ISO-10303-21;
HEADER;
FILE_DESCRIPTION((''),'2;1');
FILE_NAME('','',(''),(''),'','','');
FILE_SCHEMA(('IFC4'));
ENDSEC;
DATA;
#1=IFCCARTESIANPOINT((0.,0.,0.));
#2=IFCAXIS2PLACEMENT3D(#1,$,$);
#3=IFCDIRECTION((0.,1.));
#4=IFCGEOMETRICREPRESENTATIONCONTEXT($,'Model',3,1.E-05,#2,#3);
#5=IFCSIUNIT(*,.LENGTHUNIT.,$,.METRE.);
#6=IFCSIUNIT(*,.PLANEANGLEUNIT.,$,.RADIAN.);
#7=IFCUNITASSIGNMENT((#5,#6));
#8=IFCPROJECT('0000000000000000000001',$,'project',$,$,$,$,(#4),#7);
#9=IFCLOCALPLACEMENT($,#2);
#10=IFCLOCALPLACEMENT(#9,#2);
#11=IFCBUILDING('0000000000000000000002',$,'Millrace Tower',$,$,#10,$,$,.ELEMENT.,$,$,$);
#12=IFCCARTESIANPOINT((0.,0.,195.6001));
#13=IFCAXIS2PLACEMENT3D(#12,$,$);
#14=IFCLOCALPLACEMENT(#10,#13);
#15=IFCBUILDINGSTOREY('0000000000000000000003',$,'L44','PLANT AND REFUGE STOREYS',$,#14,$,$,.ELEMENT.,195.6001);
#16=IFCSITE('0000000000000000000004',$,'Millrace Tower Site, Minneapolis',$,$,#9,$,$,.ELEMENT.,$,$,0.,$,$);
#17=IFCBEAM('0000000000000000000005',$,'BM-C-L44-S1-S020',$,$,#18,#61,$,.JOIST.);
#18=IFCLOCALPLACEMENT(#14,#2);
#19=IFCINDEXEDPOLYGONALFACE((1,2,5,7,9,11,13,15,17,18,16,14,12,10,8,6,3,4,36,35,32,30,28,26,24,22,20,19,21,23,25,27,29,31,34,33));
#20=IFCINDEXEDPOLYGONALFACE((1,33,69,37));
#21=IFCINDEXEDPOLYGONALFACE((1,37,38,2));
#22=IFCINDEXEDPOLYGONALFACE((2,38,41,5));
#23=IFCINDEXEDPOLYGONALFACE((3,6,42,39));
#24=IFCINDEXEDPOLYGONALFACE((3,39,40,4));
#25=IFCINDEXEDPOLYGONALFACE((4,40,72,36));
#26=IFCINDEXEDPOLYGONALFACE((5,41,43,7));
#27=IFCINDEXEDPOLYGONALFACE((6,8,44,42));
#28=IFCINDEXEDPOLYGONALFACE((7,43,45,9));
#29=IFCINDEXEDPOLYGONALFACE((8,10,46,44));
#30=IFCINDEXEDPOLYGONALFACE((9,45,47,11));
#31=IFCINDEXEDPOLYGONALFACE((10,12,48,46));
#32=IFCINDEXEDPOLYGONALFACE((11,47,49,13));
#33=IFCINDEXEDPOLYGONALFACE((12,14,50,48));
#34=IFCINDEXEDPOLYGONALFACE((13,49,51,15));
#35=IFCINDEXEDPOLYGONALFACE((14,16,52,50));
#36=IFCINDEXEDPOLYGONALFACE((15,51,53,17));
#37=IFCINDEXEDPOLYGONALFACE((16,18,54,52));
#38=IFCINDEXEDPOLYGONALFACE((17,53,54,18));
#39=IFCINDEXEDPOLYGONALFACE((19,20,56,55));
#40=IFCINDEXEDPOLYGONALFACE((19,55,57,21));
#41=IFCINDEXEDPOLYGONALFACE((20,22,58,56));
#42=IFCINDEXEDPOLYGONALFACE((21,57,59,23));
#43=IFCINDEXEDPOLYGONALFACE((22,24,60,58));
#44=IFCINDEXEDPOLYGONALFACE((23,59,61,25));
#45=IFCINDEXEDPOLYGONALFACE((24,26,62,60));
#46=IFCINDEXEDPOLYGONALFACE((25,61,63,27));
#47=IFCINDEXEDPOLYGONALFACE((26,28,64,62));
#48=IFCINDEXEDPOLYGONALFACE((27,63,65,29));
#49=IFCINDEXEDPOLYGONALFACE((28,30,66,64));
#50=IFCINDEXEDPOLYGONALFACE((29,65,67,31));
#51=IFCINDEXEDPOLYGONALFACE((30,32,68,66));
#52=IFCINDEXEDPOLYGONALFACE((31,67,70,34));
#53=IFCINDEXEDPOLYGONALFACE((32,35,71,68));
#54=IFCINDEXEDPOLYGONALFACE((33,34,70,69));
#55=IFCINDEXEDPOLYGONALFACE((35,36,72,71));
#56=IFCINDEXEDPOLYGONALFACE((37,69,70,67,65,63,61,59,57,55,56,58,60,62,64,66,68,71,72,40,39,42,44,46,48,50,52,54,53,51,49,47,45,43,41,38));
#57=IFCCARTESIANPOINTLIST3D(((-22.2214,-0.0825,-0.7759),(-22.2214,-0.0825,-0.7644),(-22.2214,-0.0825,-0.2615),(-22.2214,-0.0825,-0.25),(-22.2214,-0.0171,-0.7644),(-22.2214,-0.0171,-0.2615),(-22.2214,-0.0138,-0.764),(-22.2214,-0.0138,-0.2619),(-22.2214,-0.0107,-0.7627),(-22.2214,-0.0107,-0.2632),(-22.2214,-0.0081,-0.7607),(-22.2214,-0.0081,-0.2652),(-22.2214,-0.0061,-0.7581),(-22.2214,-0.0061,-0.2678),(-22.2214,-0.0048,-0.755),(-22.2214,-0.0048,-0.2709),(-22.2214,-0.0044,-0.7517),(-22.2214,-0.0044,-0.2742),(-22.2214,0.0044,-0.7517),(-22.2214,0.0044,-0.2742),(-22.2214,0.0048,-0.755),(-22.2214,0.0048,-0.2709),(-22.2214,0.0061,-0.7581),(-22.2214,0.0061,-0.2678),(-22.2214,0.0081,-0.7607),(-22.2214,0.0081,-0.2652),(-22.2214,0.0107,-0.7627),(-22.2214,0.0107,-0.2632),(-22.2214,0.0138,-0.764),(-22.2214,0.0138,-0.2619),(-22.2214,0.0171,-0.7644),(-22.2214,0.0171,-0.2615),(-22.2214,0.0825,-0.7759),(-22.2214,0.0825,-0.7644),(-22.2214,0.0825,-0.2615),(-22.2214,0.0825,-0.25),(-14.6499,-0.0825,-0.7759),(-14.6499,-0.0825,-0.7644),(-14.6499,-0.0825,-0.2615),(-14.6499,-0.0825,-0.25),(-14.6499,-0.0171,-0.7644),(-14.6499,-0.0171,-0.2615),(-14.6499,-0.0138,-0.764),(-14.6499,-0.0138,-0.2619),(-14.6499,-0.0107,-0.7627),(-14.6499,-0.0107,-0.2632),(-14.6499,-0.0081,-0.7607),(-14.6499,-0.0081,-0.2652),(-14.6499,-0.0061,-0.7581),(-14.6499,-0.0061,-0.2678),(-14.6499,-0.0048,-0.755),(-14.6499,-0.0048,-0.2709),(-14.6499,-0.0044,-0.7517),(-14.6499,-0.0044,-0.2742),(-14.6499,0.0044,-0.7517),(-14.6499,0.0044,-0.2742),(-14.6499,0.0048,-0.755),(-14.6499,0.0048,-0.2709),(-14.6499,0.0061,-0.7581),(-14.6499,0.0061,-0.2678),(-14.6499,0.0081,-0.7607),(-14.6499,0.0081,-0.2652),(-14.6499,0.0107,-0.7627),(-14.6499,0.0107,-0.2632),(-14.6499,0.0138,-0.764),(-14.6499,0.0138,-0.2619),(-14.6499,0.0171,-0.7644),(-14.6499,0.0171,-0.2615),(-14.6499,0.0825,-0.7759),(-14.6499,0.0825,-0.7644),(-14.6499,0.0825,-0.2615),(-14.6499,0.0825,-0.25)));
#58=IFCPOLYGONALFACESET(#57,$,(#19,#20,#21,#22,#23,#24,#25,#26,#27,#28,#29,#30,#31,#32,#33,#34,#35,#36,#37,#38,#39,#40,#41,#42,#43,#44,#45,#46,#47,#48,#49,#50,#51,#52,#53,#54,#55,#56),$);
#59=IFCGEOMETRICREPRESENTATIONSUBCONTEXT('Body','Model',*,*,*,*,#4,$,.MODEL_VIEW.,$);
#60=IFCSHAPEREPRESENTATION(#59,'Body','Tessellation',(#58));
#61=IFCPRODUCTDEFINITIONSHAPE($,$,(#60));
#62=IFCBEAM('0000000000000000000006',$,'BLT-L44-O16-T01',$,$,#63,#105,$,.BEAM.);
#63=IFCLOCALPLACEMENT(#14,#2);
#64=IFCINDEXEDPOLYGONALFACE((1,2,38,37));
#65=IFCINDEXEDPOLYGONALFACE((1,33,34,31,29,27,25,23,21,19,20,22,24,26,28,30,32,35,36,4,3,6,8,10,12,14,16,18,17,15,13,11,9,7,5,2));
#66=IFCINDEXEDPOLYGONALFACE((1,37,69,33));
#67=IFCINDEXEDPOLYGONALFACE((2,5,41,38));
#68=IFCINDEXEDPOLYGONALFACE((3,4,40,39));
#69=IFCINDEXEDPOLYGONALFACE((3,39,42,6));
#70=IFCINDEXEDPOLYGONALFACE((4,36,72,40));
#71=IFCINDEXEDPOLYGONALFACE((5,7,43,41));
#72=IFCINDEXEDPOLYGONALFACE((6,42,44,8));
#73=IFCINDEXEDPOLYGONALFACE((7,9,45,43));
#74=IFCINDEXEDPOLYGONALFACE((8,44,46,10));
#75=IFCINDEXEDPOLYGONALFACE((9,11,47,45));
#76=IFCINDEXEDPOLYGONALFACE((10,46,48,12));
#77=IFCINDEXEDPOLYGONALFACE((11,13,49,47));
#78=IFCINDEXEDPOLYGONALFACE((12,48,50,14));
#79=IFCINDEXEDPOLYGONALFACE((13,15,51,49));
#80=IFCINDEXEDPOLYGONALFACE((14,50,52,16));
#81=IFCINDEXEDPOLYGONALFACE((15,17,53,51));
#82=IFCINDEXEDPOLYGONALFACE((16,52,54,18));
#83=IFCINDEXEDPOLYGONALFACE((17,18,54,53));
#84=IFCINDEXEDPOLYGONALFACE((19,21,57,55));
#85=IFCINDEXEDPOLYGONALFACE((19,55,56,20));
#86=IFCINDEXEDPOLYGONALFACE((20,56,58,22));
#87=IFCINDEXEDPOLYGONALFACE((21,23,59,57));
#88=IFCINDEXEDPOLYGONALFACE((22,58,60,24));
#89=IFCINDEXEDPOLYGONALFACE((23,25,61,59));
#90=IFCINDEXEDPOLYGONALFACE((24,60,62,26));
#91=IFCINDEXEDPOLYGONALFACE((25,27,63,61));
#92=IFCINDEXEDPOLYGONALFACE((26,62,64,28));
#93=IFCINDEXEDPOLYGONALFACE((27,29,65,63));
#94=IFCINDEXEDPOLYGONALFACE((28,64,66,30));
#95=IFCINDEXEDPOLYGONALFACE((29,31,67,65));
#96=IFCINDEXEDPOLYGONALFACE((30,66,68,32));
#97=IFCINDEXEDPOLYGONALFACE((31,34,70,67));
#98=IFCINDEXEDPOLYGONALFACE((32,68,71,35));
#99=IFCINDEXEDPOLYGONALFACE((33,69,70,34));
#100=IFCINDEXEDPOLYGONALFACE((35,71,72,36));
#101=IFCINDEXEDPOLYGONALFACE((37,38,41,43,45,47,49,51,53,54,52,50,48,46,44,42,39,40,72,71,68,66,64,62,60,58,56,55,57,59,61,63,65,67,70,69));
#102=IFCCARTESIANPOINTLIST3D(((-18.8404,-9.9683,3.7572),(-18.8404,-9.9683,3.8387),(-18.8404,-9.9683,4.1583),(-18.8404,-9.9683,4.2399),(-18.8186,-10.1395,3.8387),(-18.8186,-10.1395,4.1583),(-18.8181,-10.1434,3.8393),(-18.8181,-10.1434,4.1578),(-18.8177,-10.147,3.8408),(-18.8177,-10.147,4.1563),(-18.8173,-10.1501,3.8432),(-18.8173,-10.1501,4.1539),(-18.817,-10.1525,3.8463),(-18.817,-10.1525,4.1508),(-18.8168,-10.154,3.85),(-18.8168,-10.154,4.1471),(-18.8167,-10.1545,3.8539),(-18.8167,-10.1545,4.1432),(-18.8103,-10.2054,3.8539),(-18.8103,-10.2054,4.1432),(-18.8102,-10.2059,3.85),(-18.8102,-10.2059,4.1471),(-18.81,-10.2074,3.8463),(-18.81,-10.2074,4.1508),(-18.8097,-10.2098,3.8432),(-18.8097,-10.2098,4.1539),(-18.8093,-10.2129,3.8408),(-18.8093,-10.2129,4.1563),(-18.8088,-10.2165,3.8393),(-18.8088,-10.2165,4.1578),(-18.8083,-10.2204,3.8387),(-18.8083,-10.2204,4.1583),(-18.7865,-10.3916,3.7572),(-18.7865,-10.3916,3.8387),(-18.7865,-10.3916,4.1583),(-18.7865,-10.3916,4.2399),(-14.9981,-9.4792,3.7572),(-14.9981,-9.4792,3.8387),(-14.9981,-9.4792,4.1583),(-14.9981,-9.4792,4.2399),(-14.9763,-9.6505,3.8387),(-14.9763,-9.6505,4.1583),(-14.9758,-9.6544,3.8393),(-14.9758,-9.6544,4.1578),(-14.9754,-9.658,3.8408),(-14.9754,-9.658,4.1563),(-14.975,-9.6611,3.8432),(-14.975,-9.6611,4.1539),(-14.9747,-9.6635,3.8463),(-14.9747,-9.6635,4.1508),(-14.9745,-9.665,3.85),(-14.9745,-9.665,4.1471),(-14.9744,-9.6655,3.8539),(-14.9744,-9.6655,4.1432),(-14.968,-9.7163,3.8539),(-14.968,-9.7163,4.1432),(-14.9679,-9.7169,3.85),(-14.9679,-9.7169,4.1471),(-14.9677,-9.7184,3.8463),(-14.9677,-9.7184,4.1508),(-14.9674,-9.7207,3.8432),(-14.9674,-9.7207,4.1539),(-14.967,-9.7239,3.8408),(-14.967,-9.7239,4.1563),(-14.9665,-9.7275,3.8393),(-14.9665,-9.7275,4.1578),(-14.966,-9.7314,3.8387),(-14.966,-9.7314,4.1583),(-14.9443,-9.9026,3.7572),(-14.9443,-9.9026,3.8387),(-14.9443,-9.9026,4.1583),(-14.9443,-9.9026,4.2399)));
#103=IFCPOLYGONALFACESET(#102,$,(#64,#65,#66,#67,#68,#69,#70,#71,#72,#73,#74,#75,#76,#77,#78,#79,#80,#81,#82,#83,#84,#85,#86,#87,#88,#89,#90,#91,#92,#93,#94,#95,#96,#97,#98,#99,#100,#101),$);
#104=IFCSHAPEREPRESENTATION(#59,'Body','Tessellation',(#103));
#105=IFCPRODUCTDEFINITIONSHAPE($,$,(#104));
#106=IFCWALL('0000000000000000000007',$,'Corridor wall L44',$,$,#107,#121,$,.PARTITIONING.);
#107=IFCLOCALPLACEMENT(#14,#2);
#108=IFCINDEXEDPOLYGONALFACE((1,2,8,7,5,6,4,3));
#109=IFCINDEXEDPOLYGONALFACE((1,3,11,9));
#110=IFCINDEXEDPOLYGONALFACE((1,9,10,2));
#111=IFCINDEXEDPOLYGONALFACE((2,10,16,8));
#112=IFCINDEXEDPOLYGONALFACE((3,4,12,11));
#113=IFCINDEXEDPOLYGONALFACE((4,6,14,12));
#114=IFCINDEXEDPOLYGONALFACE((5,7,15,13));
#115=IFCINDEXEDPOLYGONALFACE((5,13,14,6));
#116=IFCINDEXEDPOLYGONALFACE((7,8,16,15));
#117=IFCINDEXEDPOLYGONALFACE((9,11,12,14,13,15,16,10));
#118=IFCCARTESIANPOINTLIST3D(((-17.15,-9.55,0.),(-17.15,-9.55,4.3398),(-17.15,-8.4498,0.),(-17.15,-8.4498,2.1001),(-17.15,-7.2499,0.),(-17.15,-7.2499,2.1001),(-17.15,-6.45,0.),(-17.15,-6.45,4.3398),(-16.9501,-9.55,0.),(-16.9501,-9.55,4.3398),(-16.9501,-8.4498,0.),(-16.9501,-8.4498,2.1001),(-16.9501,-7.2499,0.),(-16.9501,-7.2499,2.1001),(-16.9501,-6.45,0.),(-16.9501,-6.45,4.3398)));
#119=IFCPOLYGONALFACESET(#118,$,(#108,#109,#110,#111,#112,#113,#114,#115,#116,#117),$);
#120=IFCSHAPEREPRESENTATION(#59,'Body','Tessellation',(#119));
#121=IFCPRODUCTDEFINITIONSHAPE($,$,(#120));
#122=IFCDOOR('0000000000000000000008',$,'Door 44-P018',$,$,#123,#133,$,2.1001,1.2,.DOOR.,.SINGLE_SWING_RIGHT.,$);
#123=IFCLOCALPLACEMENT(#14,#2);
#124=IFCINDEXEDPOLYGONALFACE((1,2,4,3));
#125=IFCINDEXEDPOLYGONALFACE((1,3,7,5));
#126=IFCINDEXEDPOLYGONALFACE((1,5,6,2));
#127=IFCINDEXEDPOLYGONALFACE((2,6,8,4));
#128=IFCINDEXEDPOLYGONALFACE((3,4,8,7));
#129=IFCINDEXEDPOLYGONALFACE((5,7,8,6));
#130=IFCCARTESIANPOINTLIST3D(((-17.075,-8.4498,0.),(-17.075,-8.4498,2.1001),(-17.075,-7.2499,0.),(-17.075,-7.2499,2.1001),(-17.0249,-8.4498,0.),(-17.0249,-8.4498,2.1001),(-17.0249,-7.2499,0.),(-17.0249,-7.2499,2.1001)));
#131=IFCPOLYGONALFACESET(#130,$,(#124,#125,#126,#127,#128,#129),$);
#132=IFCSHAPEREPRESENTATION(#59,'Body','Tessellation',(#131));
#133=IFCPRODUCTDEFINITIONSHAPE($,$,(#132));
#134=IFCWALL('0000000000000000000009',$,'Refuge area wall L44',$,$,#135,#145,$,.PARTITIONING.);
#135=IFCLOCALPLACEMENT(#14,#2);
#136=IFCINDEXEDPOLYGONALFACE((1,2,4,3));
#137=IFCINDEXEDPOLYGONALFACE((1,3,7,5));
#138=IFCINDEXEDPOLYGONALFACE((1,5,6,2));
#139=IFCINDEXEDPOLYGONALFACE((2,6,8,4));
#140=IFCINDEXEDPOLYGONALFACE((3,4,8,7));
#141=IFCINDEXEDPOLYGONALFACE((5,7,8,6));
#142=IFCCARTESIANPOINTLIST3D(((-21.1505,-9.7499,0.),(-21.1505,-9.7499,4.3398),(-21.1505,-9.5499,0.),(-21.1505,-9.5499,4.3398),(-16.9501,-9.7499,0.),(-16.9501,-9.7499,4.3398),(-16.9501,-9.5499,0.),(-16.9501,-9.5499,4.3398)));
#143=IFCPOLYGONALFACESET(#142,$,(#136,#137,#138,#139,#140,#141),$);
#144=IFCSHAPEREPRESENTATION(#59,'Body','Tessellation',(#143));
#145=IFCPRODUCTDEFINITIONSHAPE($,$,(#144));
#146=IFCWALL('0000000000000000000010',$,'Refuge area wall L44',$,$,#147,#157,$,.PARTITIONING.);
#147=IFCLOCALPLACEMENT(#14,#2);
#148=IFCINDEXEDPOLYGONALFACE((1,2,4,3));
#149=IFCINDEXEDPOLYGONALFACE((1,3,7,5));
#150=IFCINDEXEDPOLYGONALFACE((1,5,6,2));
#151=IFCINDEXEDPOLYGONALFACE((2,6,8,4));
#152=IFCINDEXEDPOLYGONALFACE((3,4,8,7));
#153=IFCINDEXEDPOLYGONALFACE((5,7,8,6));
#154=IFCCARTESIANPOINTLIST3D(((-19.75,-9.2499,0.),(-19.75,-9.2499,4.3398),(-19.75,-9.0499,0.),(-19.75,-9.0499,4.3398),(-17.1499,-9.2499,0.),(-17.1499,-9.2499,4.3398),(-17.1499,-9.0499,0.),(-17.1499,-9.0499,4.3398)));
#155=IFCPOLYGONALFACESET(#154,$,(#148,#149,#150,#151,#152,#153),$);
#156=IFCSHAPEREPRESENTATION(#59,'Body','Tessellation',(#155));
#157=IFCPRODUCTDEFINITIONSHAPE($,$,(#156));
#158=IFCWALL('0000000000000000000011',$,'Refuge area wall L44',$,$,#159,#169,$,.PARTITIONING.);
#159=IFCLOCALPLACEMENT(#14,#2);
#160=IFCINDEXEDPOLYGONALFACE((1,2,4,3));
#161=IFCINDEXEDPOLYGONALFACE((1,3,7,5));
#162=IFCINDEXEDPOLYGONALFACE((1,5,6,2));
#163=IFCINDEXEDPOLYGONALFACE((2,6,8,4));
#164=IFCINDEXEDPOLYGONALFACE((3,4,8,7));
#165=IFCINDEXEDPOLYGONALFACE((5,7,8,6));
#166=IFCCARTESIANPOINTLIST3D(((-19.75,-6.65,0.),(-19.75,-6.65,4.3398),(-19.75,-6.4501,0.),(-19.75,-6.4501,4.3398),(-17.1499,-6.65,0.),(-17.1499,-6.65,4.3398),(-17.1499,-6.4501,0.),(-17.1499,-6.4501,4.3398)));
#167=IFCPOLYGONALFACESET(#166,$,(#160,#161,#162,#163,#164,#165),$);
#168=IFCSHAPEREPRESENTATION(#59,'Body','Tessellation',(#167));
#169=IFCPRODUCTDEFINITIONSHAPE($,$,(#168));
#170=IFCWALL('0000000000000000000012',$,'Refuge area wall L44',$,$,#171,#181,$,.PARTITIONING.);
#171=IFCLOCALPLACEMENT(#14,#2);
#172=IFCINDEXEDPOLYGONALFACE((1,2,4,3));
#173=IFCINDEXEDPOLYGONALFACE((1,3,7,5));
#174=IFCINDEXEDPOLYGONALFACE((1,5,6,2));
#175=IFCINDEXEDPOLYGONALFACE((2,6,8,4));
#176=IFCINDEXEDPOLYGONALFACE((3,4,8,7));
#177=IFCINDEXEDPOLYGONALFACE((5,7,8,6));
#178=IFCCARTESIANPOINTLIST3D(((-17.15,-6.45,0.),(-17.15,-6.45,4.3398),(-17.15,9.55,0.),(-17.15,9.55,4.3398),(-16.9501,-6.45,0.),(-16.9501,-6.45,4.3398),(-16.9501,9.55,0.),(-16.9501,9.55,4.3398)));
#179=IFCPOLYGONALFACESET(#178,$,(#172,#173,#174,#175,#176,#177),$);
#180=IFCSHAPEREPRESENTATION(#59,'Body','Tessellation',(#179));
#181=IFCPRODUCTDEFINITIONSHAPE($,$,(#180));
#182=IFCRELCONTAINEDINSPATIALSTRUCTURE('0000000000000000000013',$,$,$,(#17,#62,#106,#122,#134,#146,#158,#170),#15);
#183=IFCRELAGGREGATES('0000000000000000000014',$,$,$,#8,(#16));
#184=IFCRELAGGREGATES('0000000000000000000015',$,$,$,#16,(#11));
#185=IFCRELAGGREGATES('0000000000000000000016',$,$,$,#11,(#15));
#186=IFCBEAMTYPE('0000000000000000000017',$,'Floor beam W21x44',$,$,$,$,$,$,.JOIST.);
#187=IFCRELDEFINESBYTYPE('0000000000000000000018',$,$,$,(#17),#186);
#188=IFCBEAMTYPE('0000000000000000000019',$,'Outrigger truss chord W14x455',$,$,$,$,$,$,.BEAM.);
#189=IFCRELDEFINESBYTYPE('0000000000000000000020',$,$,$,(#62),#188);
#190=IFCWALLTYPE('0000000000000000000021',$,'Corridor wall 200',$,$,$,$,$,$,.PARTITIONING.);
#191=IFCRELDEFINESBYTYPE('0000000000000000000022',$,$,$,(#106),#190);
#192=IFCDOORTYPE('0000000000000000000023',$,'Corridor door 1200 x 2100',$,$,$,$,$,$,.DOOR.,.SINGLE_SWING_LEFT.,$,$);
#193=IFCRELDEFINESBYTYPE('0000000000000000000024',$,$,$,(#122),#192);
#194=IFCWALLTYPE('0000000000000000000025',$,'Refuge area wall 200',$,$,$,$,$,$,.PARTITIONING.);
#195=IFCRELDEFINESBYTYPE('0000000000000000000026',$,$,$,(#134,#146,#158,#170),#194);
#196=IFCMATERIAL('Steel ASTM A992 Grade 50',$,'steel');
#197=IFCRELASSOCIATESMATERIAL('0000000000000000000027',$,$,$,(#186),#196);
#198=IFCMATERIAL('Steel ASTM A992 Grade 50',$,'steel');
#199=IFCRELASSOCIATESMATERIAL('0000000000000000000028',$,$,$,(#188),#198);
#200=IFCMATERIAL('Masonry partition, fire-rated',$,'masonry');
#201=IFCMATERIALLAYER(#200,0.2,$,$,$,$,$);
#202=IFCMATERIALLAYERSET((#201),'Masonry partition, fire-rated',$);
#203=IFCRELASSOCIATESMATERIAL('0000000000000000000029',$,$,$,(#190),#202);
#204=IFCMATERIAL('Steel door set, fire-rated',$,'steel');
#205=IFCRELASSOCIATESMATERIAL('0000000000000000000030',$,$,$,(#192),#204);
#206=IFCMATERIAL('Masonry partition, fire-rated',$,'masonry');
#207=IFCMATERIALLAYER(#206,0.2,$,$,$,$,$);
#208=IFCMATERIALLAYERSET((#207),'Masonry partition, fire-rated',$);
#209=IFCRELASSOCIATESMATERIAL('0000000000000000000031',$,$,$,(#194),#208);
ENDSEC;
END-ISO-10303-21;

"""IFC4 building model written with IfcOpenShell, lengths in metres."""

from ifc_helpers import new_model, si_unit, direction, frame, frame_2d, origin, origin_2d, place, context, subcontext, project, spatial, rectangle, i_section, extrude, material, layer, layer_set, material_profile, profile_set, type_object, element, fill, save


model = new_model("IFC4")

# Units and contexts
model_context = context("Model", 3, precision=1e-05, world=origin(), true_north=direction((0.0, 1.0)))
body_context = subcontext(model_context, "Body", "Model", "MODEL_VIEW")
ifc_project = project(units=[si_unit("LENGTHUNIT", "METRE"), si_unit("PLANEANGLEUNIT", "RADIAN")], contexts=[model_context])

# Site, building, storey
site_placement = place(None, origin())
site = spatial("IfcSite", under=ifc_project, at=site_placement, Name="Millrace Tower Site, Minneapolis", CompositionType="ELEMENT", RefElevation=0.0)
building_placement = place(site_placement, origin())
building = spatial("IfcBuilding", under=site, at=building_placement, Name="Millrace Tower", CompositionType="ELEMENT")
storey_placement = place(building_placement, frame((0.0, 0.0, 195.6001)))
storey = spatial("IfcBuildingStorey", under=building, at=storey_placement, Name="L44", Description="PLANT AND REFUGE STOREYS", CompositionType="ELEMENT", Elevation=195.6001)

# Beams
ifc_material_1 = material(Name="Steel ASTM A992 Grade 50", Category="steel")
ifc_material_profile_1 = material_profile(ifc_material_1, i_section(OverallWidth=0.165, OverallDepth=0.5259, WebThickness=0.0088, FlangeThickness=0.0115, FilletRadius=0.0127, at=origin_2d()))
ifc_profile_set_1 = profile_set([ifc_material_profile_1], Name="Steel ASTM A992 Grade 50")
beam_type_1 = type_object("IfcBeamType", Name="Floor beam W21x44", PredefinedType="JOIST", material=ifc_profile_set_1)
beam_1_placement = place(storey_placement, frame((-22.2214, 0.0, -0.5129), z_axis=(1.0, 0.0, 0.0), x_axis=(0.0, 1.0, 0.0)))
element("IfcBeam", 1, at=beam_1_placement, inside=storey, type_object=beam_type_1, Name="BM-C-L44-S1-S020", PredefinedType="JOIST", context=body_context, shape_type="SweptSolid", body=[
    extrude(i_section(OverallWidth=0.165, OverallDepth=0.5259, WebThickness=0.0088, FlangeThickness=0.0115, FilletRadius=0.0127, at=origin_2d()), origin(), (0.0, 0.0, 1.0), 7.5715),
])
ifc_material_2 = material(Name="Steel ASTM A992 Grade 50", Category="steel")
ifc_material_profile_2 = material_profile(ifc_material_2, i_section(OverallWidth=0.4268, OverallDepth=0.4827, WebThickness=0.0513, FlangeThickness=0.0815, FilletRadius=0.0151, at=origin_2d()))
ifc_profile_set_2 = profile_set([ifc_material_profile_2], Name="Steel ASTM A992 Grade 50")
beam_type_2 = type_object("IfcBeamType", Name="Outrigger truss chord W14x455", PredefinedType="BEAM", material=ifc_profile_set_2)
beam_2_placement = place(storey_placement, frame((-14.9712, -9.6909, 3.9985), z_axis=(-0.991998, -0.126253, 0.0), x_axis=(0.126253, -0.991998, 0.0)))
element("IfcBeam", 2, at=beam_2_placement, inside=storey, type_object=beam_type_2, Name="BLT-L44-O16-T01", PredefinedType="BEAM", context=body_context, shape_type="SweptSolid", body=[
    extrude(i_section(OverallWidth=0.4268, OverallDepth=0.4827, WebThickness=0.0513, FlangeThickness=0.0815, FilletRadius=0.0151, at=origin_2d()), origin(), (0.0, 0.0, 1.0), 3.8733),
])

# Wall, opening, door
ifc_material_3 = material(Name="Masonry partition, fire-rated", Category="masonry")
ifc_layer_1 = layer(ifc_material_3, 0.2)
ifc_layer_set_1 = layer_set([ifc_layer_1], Name="Masonry partition, fire-rated")
wall_type_1 = type_object("IfcWallType", Name="Corridor wall 200", PredefinedType="PARTITIONING", material=ifc_layer_set_1)
wall_1_placement = place(storey_placement, frame((-17.05, -9.55, 0.0), z_axis=(0.0, 0.0, 1.0), x_axis=(0.0, 1.0, 0.0)))
wall_1 = element("IfcWall", 3, at=wall_1_placement, inside=storey, type_object=wall_type_1, Name="Corridor wall L44", PredefinedType="PARTITIONING", context=body_context, shape_type="SweptSolid", body=[
    extrude(rectangle(XDim=3.1001, YDim=0.2, at=frame_2d((1.55, 0.0))), origin(), (0.0, 0.0, 1.0), 4.3398),
])
opening_1_placement = place(wall_1_placement, frame((1.1001, 0.0, 0.0)))
opening_1 = element("IfcOpeningElement", 4, at=opening_1_placement, cuts=wall_1, PredefinedType="OPENING", context=body_context, shape_type="SweptSolid", body=[
    extrude(rectangle(XDim=1.2, YDim=2.1001, at=frame_2d((0.6001, 1.05))), frame((0.0, 0.1099, 0.0), z_axis=(0.0, -1.0, 0.0), x_axis=(1.0, 0.0, 0.0)), (0.0, 0.0, 1.0), 0.22),
])
ifc_material_4 = material(Name="Steel door set, fire-rated", Category="steel")
door_type_1 = type_object("IfcDoorType", Name="Corridor door 1200 x 2100", OperationType="SINGLE_SWING_LEFT", PredefinedType="DOOR", material=ifc_material_4)
door_1_placement = place(opening_1_placement, origin())
door_1 = element("IfcDoor", 5, at=door_1_placement, inside=storey, type_object=door_type_1, Name="Door 44-P018", OperationType="SINGLE_SWING_RIGHT", OverallHeight=2.1001, OverallWidth=1.2, PredefinedType="DOOR", context=body_context, shape_type="SweptSolid", body=[
    extrude(rectangle(XDim=1.2, YDim=2.1001, at=frame_2d((0.6001, 1.05))), frame((0.0, 0.0249, 0.0), z_axis=(0.0, -1.0, 0.0), x_axis=(1.0, 0.0, 0.0)), (0.0, 0.0, 1.0), 0.05),
])
fill(opening_1, door_1)

# Walls
ifc_material_5 = material(Name="Masonry partition, fire-rated", Category="masonry")
ifc_layer_2 = layer(ifc_material_5, 0.2)
ifc_layer_set_2 = layer_set([ifc_layer_2], Name="Masonry partition, fire-rated")
wall_type_2 = type_object("IfcWallType", Name="Refuge area wall 200", PredefinedType="PARTITIONING", material=ifc_layer_set_2)
wall_2_placement = place(storey_placement, frame((-21.1504, -9.6499, 0.0), z_axis=(0.0, 0.0, 1.0), x_axis=(1.0, 0.0, 0.0)))
element("IfcWall", 6, at=wall_2_placement, inside=storey, type_object=wall_type_2, Name="Refuge area wall L44", PredefinedType="PARTITIONING", context=body_context, shape_type="SweptSolid", body=[
    extrude(rectangle(XDim=4.2004, YDim=0.2, at=frame_2d((2.1001, 0.0))), origin(), (0.0, 0.0, 1.0), 4.3398),
])
for number, where, z_axis, x_axis, name in (
    (7, (-19.75, -9.1499, 0.0), (0.0, 0.0, 1.0), (1.0, 0.0, 0.0), "Refuge area wall L44"),
    (8, (-19.75, -6.55, 0.0), (0.0, 0.0, 1.0), (1.0, 0.0, 0.0), "Refuge area wall L44"),
):
    element("IfcWall", number, at=place(storey_placement, frame(where, z_axis=z_axis, x_axis=x_axis)), inside=storey, type_object=wall_type_2, Name=name, PredefinedType="PARTITIONING", context=body_context, shape_type="SweptSolid", body=[
        extrude(rectangle(XDim=2.6001, YDim=0.2, at=frame_2d((1.3, 0.0))), origin(), (0.0, 0.0, 1.0), 4.3398),
    ])
wall_3_placement = place(storey_placement, frame((-17.05, -6.45, 0.0), z_axis=(0.0, 0.0, 1.0), x_axis=(0.0, 1.0, 0.0)))
element("IfcWall", 9, at=wall_3_placement, inside=storey, type_object=wall_type_2, Name="Refuge area wall L44", PredefinedType="PARTITIONING", context=body_context, shape_type="SweptSolid", body=[
    extrude(rectangle(XDim=16.0, YDim=0.2, at=frame_2d((8.0, 0.0))), origin(), (0.0, 0.0, 1.0), 4.3398),
])

save(model, "model.ifc")
